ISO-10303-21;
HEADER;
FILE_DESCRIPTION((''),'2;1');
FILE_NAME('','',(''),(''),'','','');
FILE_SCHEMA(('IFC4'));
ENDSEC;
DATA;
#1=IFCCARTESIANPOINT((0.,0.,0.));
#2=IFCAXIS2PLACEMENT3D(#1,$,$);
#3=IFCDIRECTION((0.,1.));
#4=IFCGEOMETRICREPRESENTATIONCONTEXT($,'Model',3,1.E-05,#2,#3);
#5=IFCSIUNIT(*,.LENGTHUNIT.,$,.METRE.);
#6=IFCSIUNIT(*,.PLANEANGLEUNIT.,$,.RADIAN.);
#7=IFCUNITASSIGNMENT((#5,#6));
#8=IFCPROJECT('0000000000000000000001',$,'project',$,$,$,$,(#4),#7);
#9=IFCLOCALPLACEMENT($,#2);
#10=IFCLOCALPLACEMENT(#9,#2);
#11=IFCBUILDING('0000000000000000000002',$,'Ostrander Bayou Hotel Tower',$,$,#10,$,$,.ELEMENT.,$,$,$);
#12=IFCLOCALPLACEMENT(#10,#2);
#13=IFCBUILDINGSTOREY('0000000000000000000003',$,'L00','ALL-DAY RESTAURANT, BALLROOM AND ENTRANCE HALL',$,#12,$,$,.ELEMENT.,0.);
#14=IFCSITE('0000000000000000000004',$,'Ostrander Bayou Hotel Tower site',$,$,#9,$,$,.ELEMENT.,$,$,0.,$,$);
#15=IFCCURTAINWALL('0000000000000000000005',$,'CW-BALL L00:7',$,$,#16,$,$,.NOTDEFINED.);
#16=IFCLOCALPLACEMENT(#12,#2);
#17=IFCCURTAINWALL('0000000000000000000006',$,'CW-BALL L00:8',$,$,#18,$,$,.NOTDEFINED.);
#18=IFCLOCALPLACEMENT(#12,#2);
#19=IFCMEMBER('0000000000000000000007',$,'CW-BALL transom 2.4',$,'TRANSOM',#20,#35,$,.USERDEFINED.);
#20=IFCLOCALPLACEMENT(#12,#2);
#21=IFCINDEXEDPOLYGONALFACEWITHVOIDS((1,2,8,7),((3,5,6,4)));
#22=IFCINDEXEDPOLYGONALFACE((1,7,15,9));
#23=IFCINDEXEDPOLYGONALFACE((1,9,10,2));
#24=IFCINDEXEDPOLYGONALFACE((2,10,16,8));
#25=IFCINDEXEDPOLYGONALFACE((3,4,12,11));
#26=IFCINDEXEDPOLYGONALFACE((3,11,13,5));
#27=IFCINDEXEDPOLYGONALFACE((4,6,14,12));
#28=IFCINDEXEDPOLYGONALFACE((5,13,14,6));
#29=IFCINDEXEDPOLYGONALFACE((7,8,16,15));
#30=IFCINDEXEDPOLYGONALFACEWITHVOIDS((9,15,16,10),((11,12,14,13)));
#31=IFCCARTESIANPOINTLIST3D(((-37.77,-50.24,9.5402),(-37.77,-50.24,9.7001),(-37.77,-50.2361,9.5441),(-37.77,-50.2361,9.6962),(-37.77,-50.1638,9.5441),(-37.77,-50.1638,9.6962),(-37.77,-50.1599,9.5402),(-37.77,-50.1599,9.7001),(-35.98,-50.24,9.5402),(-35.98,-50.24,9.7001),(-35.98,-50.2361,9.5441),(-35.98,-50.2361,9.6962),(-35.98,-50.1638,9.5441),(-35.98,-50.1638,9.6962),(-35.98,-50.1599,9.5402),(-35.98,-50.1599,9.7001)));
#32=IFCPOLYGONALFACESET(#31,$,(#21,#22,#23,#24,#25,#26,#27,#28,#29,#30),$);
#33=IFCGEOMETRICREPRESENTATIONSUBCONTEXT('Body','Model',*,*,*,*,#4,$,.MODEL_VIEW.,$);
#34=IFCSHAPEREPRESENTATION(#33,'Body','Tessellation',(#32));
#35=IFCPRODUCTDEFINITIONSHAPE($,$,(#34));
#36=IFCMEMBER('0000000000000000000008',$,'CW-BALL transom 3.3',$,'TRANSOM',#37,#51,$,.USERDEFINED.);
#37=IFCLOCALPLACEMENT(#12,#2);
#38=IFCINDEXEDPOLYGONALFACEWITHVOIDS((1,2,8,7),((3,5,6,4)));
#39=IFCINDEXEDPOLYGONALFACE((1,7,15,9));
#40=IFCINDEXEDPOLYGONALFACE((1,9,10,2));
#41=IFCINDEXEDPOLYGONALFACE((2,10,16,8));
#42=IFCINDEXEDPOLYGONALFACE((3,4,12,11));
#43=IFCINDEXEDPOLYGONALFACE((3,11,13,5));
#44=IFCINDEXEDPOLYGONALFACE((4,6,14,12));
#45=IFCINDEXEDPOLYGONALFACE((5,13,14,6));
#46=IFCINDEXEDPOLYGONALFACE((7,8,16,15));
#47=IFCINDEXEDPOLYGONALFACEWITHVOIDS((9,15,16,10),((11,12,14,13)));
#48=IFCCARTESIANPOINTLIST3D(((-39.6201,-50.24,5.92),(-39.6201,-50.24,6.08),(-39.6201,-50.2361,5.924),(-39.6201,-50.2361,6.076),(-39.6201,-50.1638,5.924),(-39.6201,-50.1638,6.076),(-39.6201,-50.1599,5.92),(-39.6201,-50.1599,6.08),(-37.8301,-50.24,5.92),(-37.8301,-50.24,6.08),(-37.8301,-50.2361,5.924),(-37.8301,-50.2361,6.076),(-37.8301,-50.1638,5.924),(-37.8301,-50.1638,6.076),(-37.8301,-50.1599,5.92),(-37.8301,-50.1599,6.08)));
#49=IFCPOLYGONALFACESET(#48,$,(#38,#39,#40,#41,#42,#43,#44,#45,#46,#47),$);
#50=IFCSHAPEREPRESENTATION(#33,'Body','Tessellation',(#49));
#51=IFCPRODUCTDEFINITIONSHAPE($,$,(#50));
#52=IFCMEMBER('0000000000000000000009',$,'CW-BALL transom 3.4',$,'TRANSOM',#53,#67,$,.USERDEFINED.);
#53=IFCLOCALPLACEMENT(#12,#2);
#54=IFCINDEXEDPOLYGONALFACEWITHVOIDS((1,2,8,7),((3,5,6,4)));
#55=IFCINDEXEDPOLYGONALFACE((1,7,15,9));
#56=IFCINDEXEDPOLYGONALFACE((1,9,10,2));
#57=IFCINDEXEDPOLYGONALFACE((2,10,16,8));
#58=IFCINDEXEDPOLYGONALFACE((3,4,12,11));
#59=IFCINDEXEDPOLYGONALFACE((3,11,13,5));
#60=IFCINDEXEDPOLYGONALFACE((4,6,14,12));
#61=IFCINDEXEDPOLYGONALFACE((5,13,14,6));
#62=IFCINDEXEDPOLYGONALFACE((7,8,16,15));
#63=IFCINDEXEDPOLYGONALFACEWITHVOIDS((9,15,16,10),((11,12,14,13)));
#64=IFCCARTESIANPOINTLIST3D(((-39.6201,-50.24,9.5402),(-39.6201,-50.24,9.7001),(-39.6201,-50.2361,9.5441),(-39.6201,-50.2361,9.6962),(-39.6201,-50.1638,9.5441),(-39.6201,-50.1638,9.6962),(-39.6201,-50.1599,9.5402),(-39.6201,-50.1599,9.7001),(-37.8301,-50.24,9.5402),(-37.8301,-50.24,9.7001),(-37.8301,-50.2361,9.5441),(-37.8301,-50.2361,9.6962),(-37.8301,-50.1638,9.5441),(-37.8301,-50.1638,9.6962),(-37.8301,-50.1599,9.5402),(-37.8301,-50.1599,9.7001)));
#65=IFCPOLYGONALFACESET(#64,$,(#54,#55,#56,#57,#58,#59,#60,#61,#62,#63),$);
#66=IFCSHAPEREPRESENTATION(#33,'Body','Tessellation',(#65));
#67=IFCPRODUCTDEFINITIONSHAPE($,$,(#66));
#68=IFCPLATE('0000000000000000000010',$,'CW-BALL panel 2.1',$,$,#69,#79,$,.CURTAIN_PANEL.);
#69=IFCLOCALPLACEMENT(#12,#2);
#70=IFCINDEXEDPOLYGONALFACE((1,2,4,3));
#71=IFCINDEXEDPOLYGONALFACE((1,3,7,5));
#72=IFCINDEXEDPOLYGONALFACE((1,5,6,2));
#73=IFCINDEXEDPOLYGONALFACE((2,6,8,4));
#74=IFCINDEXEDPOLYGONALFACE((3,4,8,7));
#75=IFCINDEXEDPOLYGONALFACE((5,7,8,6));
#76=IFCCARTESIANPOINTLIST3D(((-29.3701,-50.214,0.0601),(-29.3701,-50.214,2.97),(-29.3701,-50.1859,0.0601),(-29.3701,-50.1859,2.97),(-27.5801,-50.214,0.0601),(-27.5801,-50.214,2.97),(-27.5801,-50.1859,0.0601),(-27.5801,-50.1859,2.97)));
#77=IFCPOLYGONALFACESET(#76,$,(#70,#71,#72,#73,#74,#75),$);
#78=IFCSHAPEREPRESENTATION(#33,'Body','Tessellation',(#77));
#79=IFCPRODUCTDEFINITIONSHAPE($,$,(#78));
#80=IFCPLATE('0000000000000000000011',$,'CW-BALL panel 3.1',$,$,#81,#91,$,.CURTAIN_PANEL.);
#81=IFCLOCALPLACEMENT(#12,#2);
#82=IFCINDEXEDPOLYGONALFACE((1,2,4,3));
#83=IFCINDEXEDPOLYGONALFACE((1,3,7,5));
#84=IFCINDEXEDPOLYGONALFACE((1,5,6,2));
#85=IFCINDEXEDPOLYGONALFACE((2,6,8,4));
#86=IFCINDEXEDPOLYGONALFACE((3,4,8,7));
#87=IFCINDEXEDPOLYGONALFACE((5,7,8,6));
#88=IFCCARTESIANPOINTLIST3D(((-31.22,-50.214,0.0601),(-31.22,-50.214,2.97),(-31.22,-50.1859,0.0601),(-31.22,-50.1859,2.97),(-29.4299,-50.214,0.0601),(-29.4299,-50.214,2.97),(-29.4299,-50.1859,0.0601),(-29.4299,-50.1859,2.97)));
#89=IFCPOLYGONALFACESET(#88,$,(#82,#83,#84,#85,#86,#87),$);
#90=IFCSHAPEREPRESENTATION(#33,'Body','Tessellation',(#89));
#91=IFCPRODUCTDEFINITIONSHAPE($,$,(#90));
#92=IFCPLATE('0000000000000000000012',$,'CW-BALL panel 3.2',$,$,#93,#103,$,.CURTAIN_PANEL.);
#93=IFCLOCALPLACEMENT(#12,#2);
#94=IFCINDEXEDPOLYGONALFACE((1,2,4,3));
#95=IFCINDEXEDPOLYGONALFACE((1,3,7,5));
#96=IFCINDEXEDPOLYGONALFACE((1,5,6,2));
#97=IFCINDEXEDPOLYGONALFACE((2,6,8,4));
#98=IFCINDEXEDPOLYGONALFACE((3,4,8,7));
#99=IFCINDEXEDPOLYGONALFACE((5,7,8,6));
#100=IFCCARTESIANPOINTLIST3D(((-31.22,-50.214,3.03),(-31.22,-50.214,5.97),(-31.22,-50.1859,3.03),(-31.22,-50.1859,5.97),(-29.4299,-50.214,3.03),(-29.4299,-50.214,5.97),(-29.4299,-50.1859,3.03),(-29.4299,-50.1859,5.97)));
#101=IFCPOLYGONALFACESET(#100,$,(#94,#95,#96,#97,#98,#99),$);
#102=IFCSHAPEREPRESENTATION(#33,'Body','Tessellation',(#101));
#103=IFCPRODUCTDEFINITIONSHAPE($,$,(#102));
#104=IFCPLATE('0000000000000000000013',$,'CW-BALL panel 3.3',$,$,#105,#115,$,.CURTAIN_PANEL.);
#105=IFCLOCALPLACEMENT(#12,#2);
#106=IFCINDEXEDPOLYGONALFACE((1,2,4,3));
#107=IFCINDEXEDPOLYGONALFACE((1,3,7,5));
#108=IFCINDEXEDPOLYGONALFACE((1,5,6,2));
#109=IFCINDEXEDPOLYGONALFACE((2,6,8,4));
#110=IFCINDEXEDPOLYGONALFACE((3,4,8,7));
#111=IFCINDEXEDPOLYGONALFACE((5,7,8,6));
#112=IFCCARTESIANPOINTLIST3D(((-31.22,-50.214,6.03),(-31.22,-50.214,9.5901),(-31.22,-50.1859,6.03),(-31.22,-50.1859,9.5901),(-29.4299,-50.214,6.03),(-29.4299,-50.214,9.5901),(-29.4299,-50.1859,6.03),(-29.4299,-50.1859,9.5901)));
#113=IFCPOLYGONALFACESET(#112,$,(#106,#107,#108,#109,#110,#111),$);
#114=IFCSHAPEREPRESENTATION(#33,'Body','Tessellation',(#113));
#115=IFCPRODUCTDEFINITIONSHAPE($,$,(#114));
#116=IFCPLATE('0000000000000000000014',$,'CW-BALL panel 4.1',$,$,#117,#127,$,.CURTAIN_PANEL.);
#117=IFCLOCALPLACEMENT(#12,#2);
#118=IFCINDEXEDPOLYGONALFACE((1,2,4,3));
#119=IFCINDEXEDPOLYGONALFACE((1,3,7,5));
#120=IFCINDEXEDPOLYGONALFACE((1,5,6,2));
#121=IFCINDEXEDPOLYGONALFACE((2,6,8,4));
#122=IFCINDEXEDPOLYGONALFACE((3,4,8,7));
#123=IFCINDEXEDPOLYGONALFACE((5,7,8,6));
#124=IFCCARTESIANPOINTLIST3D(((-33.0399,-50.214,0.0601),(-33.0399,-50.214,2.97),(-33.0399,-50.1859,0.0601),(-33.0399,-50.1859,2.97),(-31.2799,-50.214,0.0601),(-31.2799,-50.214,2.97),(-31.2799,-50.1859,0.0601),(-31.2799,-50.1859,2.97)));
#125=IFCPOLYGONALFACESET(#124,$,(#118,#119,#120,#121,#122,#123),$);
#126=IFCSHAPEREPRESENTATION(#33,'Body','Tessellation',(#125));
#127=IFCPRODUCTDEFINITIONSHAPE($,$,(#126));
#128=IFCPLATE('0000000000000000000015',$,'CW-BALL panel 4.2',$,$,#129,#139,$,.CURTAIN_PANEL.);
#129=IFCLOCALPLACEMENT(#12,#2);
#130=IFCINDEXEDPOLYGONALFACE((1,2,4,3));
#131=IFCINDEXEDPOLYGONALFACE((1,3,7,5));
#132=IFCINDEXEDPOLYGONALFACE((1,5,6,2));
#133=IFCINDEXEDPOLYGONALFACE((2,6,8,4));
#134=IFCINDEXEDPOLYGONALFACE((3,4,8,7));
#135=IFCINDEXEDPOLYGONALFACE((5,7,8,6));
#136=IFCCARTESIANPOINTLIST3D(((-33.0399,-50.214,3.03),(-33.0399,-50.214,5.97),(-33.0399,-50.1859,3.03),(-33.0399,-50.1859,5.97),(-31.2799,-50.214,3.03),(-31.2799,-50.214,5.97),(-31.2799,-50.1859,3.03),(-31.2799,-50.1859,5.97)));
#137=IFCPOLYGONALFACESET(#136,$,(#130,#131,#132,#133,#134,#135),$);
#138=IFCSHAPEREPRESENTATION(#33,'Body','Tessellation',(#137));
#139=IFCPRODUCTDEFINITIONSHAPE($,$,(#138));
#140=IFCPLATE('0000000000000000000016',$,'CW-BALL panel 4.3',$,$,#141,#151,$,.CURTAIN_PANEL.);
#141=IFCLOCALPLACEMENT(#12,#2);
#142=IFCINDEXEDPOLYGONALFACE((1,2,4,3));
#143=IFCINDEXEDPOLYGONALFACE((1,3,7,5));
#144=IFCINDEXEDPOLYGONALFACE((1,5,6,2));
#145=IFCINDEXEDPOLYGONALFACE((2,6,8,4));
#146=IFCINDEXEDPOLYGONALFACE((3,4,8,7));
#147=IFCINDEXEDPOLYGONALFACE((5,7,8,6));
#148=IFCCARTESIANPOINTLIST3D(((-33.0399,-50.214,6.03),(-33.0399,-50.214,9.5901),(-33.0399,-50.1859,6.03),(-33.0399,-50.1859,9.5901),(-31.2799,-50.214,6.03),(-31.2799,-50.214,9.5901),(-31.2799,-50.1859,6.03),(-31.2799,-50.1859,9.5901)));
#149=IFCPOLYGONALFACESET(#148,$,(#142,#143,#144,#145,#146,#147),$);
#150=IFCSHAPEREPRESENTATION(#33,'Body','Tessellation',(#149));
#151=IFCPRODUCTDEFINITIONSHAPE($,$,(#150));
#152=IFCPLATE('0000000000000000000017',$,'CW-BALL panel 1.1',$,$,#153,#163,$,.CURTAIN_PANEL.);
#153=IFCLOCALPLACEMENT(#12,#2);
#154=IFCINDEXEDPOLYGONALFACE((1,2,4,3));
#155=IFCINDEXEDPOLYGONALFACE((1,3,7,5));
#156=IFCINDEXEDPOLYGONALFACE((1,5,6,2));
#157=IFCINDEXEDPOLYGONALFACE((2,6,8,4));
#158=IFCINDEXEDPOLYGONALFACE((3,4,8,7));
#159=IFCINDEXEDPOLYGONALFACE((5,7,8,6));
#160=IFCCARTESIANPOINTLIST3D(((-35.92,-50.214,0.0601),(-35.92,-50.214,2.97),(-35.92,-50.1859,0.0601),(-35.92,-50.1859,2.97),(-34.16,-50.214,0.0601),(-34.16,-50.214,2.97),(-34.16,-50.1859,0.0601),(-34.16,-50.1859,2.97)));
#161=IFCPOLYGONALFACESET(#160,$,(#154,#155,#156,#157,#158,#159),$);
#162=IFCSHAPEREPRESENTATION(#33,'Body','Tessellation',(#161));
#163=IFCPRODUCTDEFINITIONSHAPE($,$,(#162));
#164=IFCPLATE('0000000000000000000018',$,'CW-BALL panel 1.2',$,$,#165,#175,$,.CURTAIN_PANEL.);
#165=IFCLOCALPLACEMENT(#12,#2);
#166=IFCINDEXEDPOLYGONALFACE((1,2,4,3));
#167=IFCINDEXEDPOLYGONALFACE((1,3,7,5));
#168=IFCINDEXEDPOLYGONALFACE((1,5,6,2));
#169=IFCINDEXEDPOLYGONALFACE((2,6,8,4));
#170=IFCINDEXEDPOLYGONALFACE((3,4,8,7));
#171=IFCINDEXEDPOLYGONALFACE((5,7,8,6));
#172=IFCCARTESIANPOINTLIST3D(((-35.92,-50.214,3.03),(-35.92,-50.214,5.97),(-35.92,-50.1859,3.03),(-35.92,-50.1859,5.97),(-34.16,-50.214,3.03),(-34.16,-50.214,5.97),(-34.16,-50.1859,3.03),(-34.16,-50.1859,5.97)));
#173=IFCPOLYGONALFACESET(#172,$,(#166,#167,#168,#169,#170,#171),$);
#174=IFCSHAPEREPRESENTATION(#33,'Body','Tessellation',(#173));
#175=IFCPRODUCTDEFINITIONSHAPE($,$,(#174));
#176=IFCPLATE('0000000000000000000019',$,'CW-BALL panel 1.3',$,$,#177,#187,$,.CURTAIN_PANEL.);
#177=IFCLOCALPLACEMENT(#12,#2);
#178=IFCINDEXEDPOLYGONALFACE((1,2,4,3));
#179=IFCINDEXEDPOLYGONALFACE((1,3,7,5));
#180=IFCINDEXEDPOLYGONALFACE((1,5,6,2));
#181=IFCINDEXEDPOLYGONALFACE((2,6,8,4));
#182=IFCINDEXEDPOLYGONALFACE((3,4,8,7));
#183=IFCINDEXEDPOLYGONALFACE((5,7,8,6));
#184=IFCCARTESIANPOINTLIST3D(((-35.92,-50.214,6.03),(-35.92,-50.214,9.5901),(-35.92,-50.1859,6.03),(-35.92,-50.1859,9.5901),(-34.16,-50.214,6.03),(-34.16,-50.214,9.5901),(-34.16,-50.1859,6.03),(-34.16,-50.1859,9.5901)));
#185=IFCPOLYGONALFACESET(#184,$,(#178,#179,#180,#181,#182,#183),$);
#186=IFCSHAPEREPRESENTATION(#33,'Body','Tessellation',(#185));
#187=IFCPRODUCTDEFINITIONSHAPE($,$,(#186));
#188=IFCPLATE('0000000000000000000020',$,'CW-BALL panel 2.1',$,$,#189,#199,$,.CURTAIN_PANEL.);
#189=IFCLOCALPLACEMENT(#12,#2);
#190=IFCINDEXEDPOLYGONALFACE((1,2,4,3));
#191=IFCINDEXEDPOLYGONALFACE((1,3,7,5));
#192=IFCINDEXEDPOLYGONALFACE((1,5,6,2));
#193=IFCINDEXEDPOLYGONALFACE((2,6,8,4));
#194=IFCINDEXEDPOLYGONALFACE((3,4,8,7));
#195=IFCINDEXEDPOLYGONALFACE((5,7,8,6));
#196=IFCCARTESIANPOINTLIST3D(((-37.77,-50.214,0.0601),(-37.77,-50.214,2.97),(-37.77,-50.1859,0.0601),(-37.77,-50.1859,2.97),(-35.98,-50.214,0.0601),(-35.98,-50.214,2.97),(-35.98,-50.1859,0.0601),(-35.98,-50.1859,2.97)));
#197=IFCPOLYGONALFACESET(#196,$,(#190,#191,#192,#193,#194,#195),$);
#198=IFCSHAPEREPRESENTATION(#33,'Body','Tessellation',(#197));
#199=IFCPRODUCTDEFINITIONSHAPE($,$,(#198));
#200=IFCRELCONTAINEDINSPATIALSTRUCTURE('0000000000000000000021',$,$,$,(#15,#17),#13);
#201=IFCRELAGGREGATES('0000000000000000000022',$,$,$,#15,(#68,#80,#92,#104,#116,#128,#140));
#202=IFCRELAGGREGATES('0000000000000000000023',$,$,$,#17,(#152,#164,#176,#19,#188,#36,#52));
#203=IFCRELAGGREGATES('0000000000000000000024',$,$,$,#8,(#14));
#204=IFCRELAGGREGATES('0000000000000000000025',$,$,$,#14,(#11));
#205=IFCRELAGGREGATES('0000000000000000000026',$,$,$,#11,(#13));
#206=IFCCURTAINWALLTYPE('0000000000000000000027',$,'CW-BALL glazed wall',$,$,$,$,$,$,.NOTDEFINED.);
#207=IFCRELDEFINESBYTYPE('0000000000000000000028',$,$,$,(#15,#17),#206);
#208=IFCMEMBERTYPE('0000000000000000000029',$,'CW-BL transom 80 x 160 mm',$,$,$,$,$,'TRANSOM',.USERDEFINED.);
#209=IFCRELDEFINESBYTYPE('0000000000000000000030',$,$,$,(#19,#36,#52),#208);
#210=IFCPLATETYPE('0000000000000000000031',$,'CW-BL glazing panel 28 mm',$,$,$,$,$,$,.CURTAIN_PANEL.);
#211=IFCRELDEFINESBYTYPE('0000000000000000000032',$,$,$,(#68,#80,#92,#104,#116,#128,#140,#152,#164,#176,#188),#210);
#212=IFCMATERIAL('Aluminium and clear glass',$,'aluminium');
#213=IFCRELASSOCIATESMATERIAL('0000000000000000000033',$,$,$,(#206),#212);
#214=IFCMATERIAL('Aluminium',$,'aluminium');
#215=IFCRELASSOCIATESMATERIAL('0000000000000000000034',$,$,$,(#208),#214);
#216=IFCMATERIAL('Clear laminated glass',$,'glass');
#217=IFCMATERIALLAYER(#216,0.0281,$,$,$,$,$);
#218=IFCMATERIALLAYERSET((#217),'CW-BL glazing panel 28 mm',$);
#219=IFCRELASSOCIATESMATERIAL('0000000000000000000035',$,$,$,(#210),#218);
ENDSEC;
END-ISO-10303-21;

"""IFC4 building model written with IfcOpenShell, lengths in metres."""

from ifc_helpers import new_model, si_unit, direction, frame, origin, origin_2d, place, context, subcontext, project, spatial, rectangle, hollow_rectangle, extrude, material, layer, layer_set, material_profile, profile_set, type_object, element, aggregate, save


model = new_model("IFC4")

# Units and contexts
model_context = context("Model", 3, precision=1e-05, world=origin(), true_north=direction((0.0, 1.0)))
body_context = subcontext(model_context, "Body", "Model", "MODEL_VIEW")
ifc_project = project(units=[si_unit("LENGTHUNIT", "METRE"), si_unit("PLANEANGLEUNIT", "RADIAN")], contexts=[model_context])

# Site, building, storey
site_placement = place(None, origin())
site = spatial("IfcSite", under=ifc_project, at=site_placement, Name="Ostrander Bayou Hotel Tower site", CompositionType="ELEMENT", RefElevation=0.0)
building_placement = place(site_placement, origin())
building = spatial("IfcBuilding", under=site, at=building_placement, Name="Ostrander Bayou Hotel Tower", CompositionType="ELEMENT")
storey_placement = place(building_placement, origin())
storey = spatial("IfcBuildingStorey", under=building, at=storey_placement, Name="L00", Description="ALL-DAY RESTAURANT, BALLROOM AND ENTRANCE HALL", CompositionType="ELEMENT", Elevation=0.0)

# Curtain walls
ifc_material_1 = material(Name="Aluminium and clear glass", Category="aluminium")
curtain_wall_type = type_object("IfcCurtainWallType", Name="CW-BALL glazed wall", PredefinedType="NOTDEFINED", material=ifc_material_1)
curtain_wall_1_placement = place(storey_placement, origin())
curtain_wall_1 = element("IfcCurtainWall", 1, at=curtain_wall_1_placement, inside=storey, type_object=curtain_wall_type, Name="CW-BALL L00:7", PredefinedType="NOTDEFINED")
curtain_wall_2_placement = place(storey_placement, origin())
curtain_wall_2 = element("IfcCurtainWall", 2, at=curtain_wall_2_placement, inside=storey, type_object=curtain_wall_type, Name="CW-BALL L00:8", PredefinedType="NOTDEFINED")

# Members
ifc_material_2 = material(Name="Aluminium", Category="aluminium")
ifc_material_profile_1 = material_profile(ifc_material_2, hollow_rectangle(XDim=0.0801, YDim=0.1599, WallThickness=0.0039, at=origin_2d()))
ifc_profile_set_1 = profile_set([ifc_material_profile_1], Name="Aluminium")
member_type_1 = type_object("IfcMemberType", Name="CW-BL transom 80 x 160 mm", ElementType="TRANSOM", PredefinedType="USERDEFINED", material=ifc_profile_set_1)
member_1_placement = place(storey_placement, frame((-35.98, -50.2, 9.6201), z_axis=(-1.0, 0.0, 0.0), x_axis=(0.0, -1.0, 0.0)))
member_1 = element("IfcMember", 3, at=member_1_placement, type_object=member_type_1, Name="CW-BALL transom 2.4", ObjectType="TRANSOM", PredefinedType="USERDEFINED", context=body_context, shape_type="SweptSolid", body=[
    extrude(hollow_rectangle(XDim=0.0801, YDim=0.1599, WallThickness=0.0039, at=origin_2d()), origin(), (0.0, 0.0, 1.0), 1.79),
])
member_2_placement = place(storey_placement, frame((-37.8301, -50.2, 6.0), z_axis=(-1.0, 0.0, 0.0), x_axis=(0.0, -1.0, 0.0)))
member_2 = element("IfcMember", 4, at=member_2_placement, type_object=member_type_1, Name="CW-BALL transom 3.3", ObjectType="TRANSOM", PredefinedType="USERDEFINED", context=body_context, shape_type="SweptSolid", body=[
    extrude(hollow_rectangle(XDim=0.0801, YDim=0.1599, WallThickness=0.0039, at=origin_2d()), origin(), (0.0, 0.0, 1.0), 1.79),
])
member_3_placement = place(storey_placement, frame((-37.8301, -50.2, 9.6201), z_axis=(-1.0, 0.0, 0.0), x_axis=(0.0, -1.0, 0.0)))
member_3 = element("IfcMember", 5, at=member_3_placement, type_object=member_type_1, Name="CW-BALL transom 3.4", ObjectType="TRANSOM", PredefinedType="USERDEFINED", context=body_context, shape_type="SweptSolid", body=[
    extrude(hollow_rectangle(XDim=0.0801, YDim=0.1599, WallThickness=0.0039, at=origin_2d()), origin(), (0.0, 0.0, 1.0), 1.79),
])

# Plates
ifc_material_3 = material(Name="Clear laminated glass", Category="glass")
ifc_layer = layer(ifc_material_3, 0.0281)
ifc_layer_set = layer_set([ifc_layer], Name="CW-BL glazing panel 28 mm")
plate_type = type_object("IfcPlateType", Name="CW-BL glazing panel 28 mm", PredefinedType="CURTAIN_PANEL", material=ifc_layer_set)
plate_1_placement = place(storey_placement, frame((-28.4751, -50.2, 0.0601), z_axis=(0.0, 0.0, 1.0), x_axis=(-1.0, 0.0, 0.0)))
plate_1 = element("IfcPlate", 6, at=plate_1_placement, type_object=plate_type, Name="CW-BALL panel 2.1", PredefinedType="CURTAIN_PANEL", context=body_context, shape_type="SweptSolid", body=[
    extrude(rectangle(XDim=1.79, YDim=0.0281, at=origin_2d()), origin(), (0.0, 0.0, 1.0), 2.9099),
])
plate_2_placement = place(storey_placement, frame((-30.325, -50.2, 0.0601), z_axis=(0.0, 0.0, 1.0), x_axis=(-1.0, 0.0, 0.0)))
plate_2 = element("IfcPlate", 7, at=plate_2_placement, type_object=plate_type, Name="CW-BALL panel 3.1", PredefinedType="CURTAIN_PANEL", context=body_context, shape_type="SweptSolid", body=[
    extrude(rectangle(XDim=1.79, YDim=0.0281, at=origin_2d()), origin(), (0.0, 0.0, 1.0), 2.9099),
])
plate_3_placement = place(storey_placement, frame((-30.325, -50.2, 3.03), z_axis=(0.0, 0.0, 1.0), x_axis=(-1.0, 0.0, 0.0)))
plate_3 = element("IfcPlate", 8, at=plate_3_placement, type_object=plate_type, Name="CW-BALL panel 3.2", PredefinedType="CURTAIN_PANEL", context=body_context, shape_type="SweptSolid", body=[
    extrude(rectangle(XDim=1.79, YDim=0.0281, at=origin_2d()), origin(), (0.0, 0.0, 1.0), 2.9399),
])
plate_4_placement = place(storey_placement, frame((-30.325, -50.2, 6.03), z_axis=(0.0, 0.0, 1.0), x_axis=(-1.0, 0.0, 0.0)))
plate_4 = element("IfcPlate", 9, at=plate_4_placement, type_object=plate_type, Name="CW-BALL panel 3.3", PredefinedType="CURTAIN_PANEL", context=body_context, shape_type="SweptSolid", body=[
    extrude(rectangle(XDim=1.79, YDim=0.0281, at=origin_2d()), origin(), (0.0, 0.0, 1.0), 3.5601),
])
plate_5_placement = place(storey_placement, frame((-32.1599, -50.2, 0.0601), z_axis=(0.0, 0.0, 1.0), x_axis=(-1.0, 0.0, 0.0)))
plate_5 = element("IfcPlate", 10, at=plate_5_placement, type_object=plate_type, Name="CW-BALL panel 4.1", PredefinedType="CURTAIN_PANEL", context=body_context, shape_type="SweptSolid", body=[
    extrude(rectangle(XDim=1.76, YDim=0.0281, at=origin_2d()), origin(), (0.0, 0.0, 1.0), 2.9099),
])
plate_6_placement = place(storey_placement, frame((-32.1599, -50.2, 3.03), z_axis=(0.0, 0.0, 1.0), x_axis=(-1.0, 0.0, 0.0)))
plate_6 = element("IfcPlate", 11, at=plate_6_placement, type_object=plate_type, Name="CW-BALL panel 4.2", PredefinedType="CURTAIN_PANEL", context=body_context, shape_type="SweptSolid", body=[
    extrude(rectangle(XDim=1.76, YDim=0.0281, at=origin_2d()), origin(), (0.0, 0.0, 1.0), 2.9399),
])
plate_7_placement = place(storey_placement, frame((-32.1599, -50.2, 6.03), z_axis=(0.0, 0.0, 1.0), x_axis=(-1.0, 0.0, 0.0)))
plate_7 = element("IfcPlate", 12, at=plate_7_placement, type_object=plate_type, Name="CW-BALL panel 4.3", PredefinedType="CURTAIN_PANEL", context=body_context, shape_type="SweptSolid", body=[
    extrude(rectangle(XDim=1.76, YDim=0.0281, at=origin_2d()), origin(), (0.0, 0.0, 1.0), 3.5601),
])
aggregate(curtain_wall_1, [plate_1, plate_2, plate_3, plate_4, plate_5, plate_6, plate_7])
plate_8_placement = place(storey_placement, frame((-35.04, -50.2, 0.0601), z_axis=(0.0, 0.0, 1.0), x_axis=(-1.0, 0.0, 0.0)))
plate_8 = element("IfcPlate", 13, at=plate_8_placement, type_object=plate_type, Name="CW-BALL panel 1.1", PredefinedType="CURTAIN_PANEL", context=body_context, shape_type="SweptSolid", body=[
    extrude(rectangle(XDim=1.76, YDim=0.0281, at=origin_2d()), origin(), (0.0, 0.0, 1.0), 2.9099),
])
plate_9_placement = place(storey_placement, frame((-35.04, -50.2, 3.03), z_axis=(0.0, 0.0, 1.0), x_axis=(-1.0, 0.0, 0.0)))
plate_9 = element("IfcPlate", 14, at=plate_9_placement, type_object=plate_type, Name="CW-BALL panel 1.2", PredefinedType="CURTAIN_PANEL", context=body_context, shape_type="SweptSolid", body=[
    extrude(rectangle(XDim=1.76, YDim=0.0281, at=origin_2d()), origin(), (0.0, 0.0, 1.0), 2.9399),
])
plate_10_placement = place(storey_placement, frame((-35.04, -50.2, 6.03), z_axis=(0.0, 0.0, 1.0), x_axis=(-1.0, 0.0, 0.0)))
plate_10 = element("IfcPlate", 15, at=plate_10_placement, type_object=plate_type, Name="CW-BALL panel 1.3", PredefinedType="CURTAIN_PANEL", context=body_context, shape_type="SweptSolid", body=[
    extrude(rectangle(XDim=1.76, YDim=0.0281, at=origin_2d()), origin(), (0.0, 0.0, 1.0), 3.5601),
])
plate_11_placement = place(storey_placement, frame((-36.875, -50.2, 0.0601), z_axis=(0.0, 0.0, 1.0), x_axis=(-1.0, 0.0, 0.0)))
plate_11 = element("IfcPlate", 16, at=plate_11_placement, type_object=plate_type, Name="CW-BALL panel 2.1", PredefinedType="CURTAIN_PANEL", context=body_context, shape_type="SweptSolid", body=[
    extrude(rectangle(XDim=1.79, YDim=0.0281, at=origin_2d()), origin(), (0.0, 0.0, 1.0), 2.9099),
])
aggregate(curtain_wall_2, [plate_8, plate_9, plate_10, member_1, plate_11, member_2, member_3])

save(model, "model.ifc")
